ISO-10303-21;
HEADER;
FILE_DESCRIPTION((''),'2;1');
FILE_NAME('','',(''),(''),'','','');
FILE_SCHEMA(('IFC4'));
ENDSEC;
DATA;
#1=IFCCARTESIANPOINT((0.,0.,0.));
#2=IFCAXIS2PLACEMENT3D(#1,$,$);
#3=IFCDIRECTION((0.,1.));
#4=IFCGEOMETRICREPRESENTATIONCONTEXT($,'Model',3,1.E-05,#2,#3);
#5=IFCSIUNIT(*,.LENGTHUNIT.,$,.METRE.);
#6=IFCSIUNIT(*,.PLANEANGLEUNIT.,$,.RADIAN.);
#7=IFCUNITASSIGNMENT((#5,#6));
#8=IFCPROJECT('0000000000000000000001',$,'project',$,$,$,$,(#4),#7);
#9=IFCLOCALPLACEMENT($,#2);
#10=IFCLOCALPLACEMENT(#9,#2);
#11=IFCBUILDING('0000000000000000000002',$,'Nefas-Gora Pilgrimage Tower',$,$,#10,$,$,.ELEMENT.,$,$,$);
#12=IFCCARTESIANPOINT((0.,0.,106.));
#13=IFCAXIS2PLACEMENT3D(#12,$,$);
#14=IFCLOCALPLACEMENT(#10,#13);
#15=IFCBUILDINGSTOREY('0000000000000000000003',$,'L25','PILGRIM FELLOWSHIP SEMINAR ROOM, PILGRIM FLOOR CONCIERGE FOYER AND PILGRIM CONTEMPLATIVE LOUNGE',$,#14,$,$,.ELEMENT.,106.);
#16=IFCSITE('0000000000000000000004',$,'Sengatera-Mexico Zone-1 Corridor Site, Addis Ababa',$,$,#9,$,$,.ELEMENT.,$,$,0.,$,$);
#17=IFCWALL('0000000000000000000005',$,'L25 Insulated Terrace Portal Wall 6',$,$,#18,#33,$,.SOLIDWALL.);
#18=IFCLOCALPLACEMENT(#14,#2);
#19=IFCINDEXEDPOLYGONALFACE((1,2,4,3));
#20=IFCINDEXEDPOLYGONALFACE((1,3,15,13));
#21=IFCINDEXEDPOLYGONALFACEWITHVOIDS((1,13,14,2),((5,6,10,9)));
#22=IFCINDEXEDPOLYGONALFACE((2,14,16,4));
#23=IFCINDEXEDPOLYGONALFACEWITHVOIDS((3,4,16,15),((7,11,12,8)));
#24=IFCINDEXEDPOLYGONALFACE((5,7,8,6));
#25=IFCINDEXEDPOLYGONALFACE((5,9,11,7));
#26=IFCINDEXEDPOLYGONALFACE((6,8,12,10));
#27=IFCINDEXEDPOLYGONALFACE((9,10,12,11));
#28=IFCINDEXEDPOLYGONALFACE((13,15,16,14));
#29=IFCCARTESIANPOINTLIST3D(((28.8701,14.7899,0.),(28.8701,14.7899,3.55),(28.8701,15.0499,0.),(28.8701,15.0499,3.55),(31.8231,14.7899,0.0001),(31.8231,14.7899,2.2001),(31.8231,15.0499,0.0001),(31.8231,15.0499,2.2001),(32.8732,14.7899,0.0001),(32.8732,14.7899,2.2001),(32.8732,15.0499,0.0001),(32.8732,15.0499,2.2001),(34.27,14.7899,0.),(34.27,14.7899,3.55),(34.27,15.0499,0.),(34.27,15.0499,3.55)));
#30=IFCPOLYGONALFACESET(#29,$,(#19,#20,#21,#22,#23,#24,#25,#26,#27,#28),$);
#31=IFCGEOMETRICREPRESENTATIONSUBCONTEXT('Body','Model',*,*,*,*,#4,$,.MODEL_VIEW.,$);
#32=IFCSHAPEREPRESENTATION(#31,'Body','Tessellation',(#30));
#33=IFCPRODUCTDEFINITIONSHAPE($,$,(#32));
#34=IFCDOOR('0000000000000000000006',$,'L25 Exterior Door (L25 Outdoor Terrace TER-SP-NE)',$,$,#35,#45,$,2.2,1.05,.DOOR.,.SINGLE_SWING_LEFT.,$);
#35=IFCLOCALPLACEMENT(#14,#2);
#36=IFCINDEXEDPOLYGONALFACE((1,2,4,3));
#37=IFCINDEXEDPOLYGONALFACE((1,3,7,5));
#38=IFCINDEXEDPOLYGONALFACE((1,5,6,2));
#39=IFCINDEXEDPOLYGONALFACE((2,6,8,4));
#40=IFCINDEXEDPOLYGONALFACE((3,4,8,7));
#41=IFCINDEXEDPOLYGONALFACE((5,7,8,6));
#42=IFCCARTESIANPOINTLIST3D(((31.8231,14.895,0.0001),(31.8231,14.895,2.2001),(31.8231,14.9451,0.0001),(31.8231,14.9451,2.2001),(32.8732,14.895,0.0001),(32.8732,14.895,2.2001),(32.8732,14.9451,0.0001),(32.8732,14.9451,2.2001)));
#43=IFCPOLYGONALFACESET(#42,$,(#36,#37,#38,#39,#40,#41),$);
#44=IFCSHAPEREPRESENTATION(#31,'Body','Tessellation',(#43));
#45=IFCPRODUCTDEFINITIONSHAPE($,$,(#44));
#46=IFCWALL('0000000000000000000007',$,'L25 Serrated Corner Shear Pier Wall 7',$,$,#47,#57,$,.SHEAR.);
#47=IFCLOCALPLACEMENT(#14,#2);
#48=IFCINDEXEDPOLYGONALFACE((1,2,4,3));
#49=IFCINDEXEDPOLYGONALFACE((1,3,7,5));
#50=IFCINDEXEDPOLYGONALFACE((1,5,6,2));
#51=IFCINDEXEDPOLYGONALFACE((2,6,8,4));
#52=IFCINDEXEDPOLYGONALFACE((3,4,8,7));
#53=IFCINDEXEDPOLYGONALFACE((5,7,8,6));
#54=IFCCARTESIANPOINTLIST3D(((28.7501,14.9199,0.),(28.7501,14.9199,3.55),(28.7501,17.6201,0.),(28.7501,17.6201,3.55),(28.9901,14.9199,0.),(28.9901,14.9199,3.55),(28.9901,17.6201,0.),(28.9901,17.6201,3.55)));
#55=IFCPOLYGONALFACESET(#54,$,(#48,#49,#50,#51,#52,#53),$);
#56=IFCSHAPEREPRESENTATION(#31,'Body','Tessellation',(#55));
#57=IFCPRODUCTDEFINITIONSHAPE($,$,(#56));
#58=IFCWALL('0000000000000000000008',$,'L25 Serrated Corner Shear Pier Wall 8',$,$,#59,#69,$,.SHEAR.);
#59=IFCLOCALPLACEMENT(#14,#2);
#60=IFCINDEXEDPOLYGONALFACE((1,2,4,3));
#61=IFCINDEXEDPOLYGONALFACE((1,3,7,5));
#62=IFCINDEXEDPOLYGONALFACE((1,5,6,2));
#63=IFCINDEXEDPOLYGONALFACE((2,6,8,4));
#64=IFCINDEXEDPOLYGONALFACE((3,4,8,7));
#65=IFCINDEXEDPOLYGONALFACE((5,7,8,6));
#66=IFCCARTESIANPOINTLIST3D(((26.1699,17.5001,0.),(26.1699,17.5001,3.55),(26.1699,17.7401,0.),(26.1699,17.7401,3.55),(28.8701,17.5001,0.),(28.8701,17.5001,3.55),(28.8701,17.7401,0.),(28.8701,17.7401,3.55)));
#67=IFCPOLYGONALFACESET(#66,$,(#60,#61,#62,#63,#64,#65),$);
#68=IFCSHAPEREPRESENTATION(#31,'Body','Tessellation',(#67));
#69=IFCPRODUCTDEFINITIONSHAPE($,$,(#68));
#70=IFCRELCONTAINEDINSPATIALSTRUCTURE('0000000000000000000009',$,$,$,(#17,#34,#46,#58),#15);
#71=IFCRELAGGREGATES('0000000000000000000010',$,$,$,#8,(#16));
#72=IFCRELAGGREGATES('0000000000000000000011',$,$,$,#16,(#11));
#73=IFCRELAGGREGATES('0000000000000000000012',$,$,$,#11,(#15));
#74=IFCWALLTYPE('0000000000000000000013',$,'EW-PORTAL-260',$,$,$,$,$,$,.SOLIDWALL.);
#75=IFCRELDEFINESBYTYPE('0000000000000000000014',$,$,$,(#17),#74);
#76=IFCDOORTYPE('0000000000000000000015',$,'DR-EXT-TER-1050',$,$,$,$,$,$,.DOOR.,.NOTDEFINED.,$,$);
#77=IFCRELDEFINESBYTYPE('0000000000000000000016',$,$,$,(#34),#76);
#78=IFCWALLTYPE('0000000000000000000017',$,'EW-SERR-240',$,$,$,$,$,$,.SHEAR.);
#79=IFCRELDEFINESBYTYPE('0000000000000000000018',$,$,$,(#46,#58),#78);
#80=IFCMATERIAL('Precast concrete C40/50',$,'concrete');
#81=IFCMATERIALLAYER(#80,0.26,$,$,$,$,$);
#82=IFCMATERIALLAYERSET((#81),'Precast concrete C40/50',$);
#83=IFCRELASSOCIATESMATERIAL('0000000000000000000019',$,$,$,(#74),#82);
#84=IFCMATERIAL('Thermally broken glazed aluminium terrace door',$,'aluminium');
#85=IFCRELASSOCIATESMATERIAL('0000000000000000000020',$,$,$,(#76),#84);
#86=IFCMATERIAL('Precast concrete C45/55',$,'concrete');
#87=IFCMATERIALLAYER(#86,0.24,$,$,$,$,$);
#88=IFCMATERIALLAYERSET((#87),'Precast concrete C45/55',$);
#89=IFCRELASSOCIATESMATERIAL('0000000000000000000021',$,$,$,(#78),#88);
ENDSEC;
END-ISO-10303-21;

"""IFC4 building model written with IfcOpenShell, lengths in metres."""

from ifc_helpers import new_model, si_unit, direction, frame, frame_2d, origin, place, context, subcontext, project, spatial, rectangle, extrude, source, transform, mapped, material, layer, layer_set, type_object, element, fill, save


model = new_model("IFC4")

# Units and contexts
model_context = context("Model", 3, precision=1e-05, world=origin(), true_north=direction((0.0, 1.0)))
body_context = subcontext(model_context, "Body", "Model", "MODEL_VIEW")
ifc_project = project(units=[si_unit("LENGTHUNIT", "METRE"), si_unit("PLANEANGLEUNIT", "RADIAN")], contexts=[model_context])

# Site, building, storey
site_placement = place(None, origin())
site = spatial("IfcSite", under=ifc_project, at=site_placement, Name="Sengatera-Mexico Zone-1 Corridor Site, Addis Ababa", CompositionType="ELEMENT", RefElevation=0.0)
building_placement = place(site_placement, origin())
building = spatial("IfcBuilding", under=site, at=building_placement, Name="Nefas-Gora Pilgrimage Tower", CompositionType="ELEMENT")
storey_placement = place(building_placement, frame((0.0, 0.0, 106.0)))
storey = spatial("IfcBuildingStorey", under=building, at=storey_placement, Name="L25", Description="PILGRIM FELLOWSHIP SEMINAR ROOM, PILGRIM FLOOR CONCIERGE FOYER AND PILGRIM CONTEMPLATIVE LOUNGE", CompositionType="ELEMENT", Elevation=106.0)

# Wall, opening, door
ifc_material_1 = material(Name="Precast concrete C40/50", Category="concrete")
ifc_layer_1 = layer(ifc_material_1, 0.26)
ifc_layer_set_1 = layer_set([ifc_layer_1], Name="Precast concrete C40/50")
wall_type_1 = type_object("IfcWallType", Name="EW-PORTAL-260", PredefinedType="SOLIDWALL", material=ifc_layer_set_1)
shared_shape_1 = source(origin(), body_context, "Body", "SweptSolid", [
    extrude(rectangle(XDim=5.3999, YDim=0.26, at=frame_2d((2.7, 0.0))), origin(), (0.0, 0.0, 1.0), 3.55),
])
wall_placement = place(storey_placement, frame((34.27, 14.9199, 0.0), z_axis=(0.0, 0.0, 1.0), x_axis=(-1.0, 0.0, 0.0)))
wall = element("IfcWall", 1, at=wall_placement, inside=storey, type_object=wall_type_1, Name="L25 Insulated Terrace Portal Wall 6", PredefinedType="SOLIDWALL", context=body_context, shape_type="MappedRepresentation", body=[
    mapped(shared_shape_1, transform((0.0, 0.0, 0.0), x_axis=(1.0, 0.0, 0.0), y_axis=(0.0, 1.0, 0.0), z_axis=(0.0, 0.0, 1.0), scale=1.0)),
])
opening_placement = place(wall_placement, frame((1.397, 0.0, 0.0)))
opening = element("IfcOpeningElement", 2, at=opening_placement, cuts=wall, PredefinedType="OPENING", context=body_context, shape_type="SweptSolid", body=[
    extrude(rectangle(XDim=1.05, YDim=2.2, at=frame_2d((0.5249, 1.1001))), frame((0.0, 0.1399, 0.0), z_axis=(0.0, -1.0, 0.0), x_axis=(1.0, 0.0, 0.0)), (0.0, 0.0, 1.0), 0.28),
])
ifc_material_2 = material(Name="Thermally broken glazed aluminium terrace door", Category="aluminium")
door_type = type_object("IfcDoorType", Name="DR-EXT-TER-1050", OperationType="NOTDEFINED", PredefinedType="DOOR", material=ifc_material_2)
shared_shape_2 = source(origin(), body_context, "Body", "SweptSolid", [
    extrude(rectangle(XDim=1.05, YDim=2.2, at=frame_2d((0.5249, 1.1001))), frame((0.0, 0.0249, 0.0), z_axis=(0.0, -1.0, 0.0), x_axis=(1.0, 0.0, 0.0)), (0.0, 0.0, 1.0), 0.05),
])
door_placement = place(opening_placement, origin())
door = element("IfcDoor", 3, at=door_placement, inside=storey, type_object=door_type, Name="L25 Exterior Door (L25 Outdoor Terrace TER-SP-NE)", OperationType="SINGLE_SWING_LEFT", OverallHeight=2.2, OverallWidth=1.05, PredefinedType="DOOR", context=body_context, shape_type="MappedRepresentation", body=[
    mapped(shared_shape_2, transform((0.0, 0.0, 0.0), x_axis=(1.0, 0.0, 0.0), y_axis=(0.0, 1.0, 0.0), z_axis=(0.0, 0.0, 1.0), scale=1.0)),
])
fill(opening, door)

# Walls
ifc_material_3 = material(Name="Precast concrete C45/55", Category="concrete")
ifc_layer_2 = layer(ifc_material_3, 0.24)
ifc_layer_set_2 = layer_set([ifc_layer_2], Name="Precast concrete C45/55")
wall_type_2 = type_object("IfcWallType", Name="EW-SERR-240", PredefinedType="SHEAR", material=ifc_layer_set_2)
shared_shape_3 = source(origin(), body_context, "Body", "SweptSolid", [
    extrude(rectangle(XDim=2.7002, YDim=0.24, at=frame_2d((1.3501, 0.0))), origin(), (0.0, 0.0, 1.0), 3.55),
])
for number, where, z_axis, x_axis, name in (
    (4, (28.8701, 14.9199, 0.0), (0.0, 0.0, 1.0), (0.0, 1.0, 0.0), "L25 Serrated Corner Shear Pier Wall 7"),
    (5, (28.8701, 17.6201, 0.0), (0.0, 0.0, 1.0), (-1.0, 0.0, 0.0), "L25 Serrated Corner Shear Pier Wall 8"),
):
    element("IfcWall", number, at=place(storey_placement, frame(where, z_axis=z_axis, x_axis=x_axis)), inside=storey, type_object=wall_type_2, Name=name, PredefinedType="SHEAR", context=body_context, shape_type="MappedRepresentation", body=[
        mapped(shared_shape_3, transform((0.0, 0.0, 0.0), x_axis=(1.0, 0.0, 0.0), y_axis=(0.0, 1.0, 0.0), z_axis=(0.0, 0.0, 1.0), scale=1.0)),
    ])

save(model, "model.ifc")
